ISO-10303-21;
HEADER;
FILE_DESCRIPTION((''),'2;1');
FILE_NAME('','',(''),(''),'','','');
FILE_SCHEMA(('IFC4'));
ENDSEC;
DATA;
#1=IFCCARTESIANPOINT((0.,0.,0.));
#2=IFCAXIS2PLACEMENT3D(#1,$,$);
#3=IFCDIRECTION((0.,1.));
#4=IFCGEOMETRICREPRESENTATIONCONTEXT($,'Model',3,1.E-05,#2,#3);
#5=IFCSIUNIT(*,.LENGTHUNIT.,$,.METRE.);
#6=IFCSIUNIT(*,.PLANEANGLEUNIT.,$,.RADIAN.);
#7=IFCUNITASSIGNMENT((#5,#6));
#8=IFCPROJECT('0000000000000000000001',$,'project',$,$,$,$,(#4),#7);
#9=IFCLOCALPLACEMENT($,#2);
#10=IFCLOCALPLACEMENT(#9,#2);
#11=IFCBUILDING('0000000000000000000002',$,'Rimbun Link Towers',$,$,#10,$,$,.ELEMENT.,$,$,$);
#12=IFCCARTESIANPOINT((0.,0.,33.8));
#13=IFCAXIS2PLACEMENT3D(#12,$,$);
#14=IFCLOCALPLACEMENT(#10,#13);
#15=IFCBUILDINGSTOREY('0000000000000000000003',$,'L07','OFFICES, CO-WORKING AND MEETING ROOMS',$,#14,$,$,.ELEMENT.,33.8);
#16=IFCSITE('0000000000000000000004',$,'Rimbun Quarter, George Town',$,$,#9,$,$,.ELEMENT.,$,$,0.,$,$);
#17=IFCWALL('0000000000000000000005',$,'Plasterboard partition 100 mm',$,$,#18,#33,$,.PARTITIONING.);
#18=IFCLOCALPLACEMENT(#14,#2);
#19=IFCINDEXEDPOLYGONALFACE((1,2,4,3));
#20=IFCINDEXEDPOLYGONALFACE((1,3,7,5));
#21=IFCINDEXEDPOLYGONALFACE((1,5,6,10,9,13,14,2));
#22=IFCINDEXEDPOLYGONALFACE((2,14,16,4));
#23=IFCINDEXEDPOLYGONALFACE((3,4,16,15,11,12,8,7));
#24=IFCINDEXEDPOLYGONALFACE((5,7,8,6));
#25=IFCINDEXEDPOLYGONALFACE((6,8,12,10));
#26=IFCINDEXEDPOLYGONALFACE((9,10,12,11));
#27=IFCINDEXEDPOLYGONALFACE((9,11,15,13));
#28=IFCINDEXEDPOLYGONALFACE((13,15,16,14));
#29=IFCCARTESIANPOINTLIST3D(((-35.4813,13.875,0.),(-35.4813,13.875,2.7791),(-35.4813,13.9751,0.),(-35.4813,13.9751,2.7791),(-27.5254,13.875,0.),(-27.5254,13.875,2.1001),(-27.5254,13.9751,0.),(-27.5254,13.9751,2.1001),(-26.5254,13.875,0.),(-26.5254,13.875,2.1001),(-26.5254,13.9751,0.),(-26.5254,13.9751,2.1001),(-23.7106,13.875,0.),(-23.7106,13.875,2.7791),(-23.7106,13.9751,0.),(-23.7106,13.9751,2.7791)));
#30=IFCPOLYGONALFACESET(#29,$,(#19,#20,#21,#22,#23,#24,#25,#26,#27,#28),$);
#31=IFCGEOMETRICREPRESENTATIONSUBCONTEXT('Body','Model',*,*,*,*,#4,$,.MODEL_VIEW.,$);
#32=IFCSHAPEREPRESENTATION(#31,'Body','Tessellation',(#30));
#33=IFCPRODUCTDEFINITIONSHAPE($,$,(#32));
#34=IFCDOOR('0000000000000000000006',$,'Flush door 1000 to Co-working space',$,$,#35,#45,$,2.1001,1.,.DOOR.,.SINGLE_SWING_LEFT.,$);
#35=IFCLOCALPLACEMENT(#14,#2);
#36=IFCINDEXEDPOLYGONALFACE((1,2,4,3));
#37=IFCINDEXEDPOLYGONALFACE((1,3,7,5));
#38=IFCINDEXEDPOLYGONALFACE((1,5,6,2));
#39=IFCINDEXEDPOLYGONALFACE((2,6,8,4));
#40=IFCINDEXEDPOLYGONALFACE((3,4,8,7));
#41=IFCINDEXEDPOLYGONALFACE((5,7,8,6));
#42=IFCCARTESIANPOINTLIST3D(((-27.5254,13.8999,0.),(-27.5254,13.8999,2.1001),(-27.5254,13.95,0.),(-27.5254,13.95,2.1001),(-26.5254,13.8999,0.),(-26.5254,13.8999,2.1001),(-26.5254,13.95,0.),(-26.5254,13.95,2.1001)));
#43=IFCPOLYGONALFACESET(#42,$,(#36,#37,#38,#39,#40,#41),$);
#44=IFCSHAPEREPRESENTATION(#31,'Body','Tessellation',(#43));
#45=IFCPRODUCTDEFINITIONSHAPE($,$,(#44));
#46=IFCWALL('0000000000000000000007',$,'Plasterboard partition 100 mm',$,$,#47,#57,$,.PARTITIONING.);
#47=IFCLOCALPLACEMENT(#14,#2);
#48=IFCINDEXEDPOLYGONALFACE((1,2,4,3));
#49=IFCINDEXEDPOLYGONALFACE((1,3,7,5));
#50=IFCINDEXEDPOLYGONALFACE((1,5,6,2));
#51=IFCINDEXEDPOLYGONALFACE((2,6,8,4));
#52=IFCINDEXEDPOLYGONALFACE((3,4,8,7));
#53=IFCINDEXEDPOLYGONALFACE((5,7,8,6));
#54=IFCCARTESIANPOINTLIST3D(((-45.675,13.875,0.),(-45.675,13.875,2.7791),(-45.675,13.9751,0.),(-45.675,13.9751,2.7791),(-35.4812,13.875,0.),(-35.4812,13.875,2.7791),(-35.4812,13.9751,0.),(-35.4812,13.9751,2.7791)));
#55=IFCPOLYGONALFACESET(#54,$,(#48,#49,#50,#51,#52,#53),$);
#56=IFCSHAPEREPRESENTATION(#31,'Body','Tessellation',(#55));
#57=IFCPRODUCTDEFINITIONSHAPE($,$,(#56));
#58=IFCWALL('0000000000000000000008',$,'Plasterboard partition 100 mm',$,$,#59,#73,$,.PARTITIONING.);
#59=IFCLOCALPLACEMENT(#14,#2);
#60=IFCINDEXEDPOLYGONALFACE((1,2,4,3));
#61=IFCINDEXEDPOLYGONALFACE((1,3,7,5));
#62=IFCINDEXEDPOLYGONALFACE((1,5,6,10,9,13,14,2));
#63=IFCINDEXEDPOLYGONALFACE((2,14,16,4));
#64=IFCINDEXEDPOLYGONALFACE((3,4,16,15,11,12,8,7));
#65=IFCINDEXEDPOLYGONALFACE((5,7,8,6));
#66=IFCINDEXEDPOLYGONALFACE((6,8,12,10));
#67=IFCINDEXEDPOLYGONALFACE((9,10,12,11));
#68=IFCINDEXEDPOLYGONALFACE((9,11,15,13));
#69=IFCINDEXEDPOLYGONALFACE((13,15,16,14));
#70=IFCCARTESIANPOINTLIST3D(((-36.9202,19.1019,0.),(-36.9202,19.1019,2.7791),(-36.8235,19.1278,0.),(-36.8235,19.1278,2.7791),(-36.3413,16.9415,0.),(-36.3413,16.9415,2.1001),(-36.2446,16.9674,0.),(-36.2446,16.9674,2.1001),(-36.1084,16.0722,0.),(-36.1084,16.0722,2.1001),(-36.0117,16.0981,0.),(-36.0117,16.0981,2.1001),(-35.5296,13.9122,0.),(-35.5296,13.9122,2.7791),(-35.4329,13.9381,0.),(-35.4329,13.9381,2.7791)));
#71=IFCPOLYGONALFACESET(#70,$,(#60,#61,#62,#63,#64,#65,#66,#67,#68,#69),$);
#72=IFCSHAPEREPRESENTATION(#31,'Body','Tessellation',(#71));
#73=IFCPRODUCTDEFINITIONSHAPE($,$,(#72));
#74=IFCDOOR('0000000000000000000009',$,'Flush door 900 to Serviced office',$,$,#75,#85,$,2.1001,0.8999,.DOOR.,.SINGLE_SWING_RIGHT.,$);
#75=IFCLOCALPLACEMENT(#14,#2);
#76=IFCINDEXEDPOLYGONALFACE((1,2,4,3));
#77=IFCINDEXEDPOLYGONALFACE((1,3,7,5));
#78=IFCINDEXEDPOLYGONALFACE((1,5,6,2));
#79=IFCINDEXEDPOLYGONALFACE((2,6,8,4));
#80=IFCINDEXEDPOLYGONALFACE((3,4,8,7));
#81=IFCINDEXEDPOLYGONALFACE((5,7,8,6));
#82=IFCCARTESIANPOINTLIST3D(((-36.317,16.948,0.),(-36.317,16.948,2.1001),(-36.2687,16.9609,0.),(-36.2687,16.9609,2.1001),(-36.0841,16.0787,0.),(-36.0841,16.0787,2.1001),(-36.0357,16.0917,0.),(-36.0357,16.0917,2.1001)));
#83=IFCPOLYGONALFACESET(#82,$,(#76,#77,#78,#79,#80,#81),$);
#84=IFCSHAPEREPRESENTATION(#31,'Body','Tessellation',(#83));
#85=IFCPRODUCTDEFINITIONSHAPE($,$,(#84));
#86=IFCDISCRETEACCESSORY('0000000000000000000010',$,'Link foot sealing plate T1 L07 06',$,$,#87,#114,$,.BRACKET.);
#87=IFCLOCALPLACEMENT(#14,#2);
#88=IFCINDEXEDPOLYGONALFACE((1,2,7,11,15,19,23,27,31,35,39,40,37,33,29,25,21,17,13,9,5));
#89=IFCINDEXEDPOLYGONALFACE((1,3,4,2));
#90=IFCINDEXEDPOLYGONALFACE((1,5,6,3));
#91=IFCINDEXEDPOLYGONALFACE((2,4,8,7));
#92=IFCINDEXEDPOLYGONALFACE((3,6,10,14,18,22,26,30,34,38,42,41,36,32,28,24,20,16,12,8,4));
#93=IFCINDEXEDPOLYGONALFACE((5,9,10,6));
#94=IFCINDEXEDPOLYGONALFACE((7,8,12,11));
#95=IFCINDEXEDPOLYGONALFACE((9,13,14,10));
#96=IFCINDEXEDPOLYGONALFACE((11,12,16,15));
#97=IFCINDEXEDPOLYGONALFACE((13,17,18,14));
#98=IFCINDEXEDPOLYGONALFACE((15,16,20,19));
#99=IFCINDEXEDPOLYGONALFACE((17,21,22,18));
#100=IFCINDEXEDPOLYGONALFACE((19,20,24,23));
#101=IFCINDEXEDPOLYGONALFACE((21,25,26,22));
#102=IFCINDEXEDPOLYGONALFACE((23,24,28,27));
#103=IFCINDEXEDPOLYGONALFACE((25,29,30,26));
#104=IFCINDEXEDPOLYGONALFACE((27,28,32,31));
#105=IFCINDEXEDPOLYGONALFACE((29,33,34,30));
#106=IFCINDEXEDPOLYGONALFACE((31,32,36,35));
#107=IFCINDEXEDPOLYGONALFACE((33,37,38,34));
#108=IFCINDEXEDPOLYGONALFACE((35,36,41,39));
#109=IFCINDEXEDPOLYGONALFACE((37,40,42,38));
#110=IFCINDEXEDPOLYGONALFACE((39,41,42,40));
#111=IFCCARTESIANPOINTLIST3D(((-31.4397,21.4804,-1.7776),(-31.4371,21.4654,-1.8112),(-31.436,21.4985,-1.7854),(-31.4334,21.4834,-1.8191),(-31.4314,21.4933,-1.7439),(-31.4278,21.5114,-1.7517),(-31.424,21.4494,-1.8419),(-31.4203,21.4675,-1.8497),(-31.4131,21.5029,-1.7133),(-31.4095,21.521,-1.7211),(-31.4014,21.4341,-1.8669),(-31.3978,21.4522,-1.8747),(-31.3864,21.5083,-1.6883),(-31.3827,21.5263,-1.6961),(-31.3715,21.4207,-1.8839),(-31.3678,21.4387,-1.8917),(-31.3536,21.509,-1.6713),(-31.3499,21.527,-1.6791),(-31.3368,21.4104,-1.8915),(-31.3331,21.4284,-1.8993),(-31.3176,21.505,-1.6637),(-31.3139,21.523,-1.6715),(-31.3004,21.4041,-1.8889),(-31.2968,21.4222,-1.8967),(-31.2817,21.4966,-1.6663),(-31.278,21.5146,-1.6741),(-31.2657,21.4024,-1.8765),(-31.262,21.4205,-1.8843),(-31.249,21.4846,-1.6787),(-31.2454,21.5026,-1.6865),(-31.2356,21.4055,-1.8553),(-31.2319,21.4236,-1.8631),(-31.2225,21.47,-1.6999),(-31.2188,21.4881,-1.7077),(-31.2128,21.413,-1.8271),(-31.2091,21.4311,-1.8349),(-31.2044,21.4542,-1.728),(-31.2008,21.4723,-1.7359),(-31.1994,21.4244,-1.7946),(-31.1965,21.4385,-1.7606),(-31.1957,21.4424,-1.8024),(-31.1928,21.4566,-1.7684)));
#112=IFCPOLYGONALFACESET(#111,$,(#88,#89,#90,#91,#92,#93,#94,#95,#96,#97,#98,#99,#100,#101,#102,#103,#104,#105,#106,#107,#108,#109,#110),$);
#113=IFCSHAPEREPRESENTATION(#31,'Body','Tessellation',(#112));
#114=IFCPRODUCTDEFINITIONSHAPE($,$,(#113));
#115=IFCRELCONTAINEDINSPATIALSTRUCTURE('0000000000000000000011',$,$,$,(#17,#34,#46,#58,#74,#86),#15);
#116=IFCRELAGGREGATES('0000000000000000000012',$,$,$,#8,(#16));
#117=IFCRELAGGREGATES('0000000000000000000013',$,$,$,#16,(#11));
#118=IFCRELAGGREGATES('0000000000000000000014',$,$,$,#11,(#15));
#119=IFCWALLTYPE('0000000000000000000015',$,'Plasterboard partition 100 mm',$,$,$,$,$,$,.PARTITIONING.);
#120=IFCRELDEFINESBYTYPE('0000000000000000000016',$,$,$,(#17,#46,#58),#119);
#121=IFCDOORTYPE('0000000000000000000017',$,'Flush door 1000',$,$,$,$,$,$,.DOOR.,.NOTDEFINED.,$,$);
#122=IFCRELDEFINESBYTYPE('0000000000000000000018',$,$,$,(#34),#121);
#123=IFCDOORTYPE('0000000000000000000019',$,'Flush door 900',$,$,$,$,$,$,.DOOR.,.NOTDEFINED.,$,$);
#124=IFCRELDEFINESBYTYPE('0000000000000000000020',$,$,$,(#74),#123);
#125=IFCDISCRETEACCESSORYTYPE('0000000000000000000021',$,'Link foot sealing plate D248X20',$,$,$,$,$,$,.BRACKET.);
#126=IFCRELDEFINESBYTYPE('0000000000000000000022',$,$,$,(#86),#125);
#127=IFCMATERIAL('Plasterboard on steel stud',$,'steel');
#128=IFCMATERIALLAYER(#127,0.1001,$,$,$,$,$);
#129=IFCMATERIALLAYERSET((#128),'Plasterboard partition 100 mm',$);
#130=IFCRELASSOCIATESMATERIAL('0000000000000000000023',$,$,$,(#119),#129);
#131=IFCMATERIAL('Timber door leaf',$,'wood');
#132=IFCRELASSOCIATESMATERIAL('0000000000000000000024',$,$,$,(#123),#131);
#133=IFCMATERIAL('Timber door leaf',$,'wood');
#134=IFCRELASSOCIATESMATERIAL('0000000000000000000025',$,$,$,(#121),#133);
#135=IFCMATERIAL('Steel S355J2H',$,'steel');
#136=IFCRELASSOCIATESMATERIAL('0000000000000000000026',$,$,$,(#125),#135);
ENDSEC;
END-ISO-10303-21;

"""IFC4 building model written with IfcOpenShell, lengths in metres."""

from ifc_helpers import new_model, si_unit, direction, frame, frame_2d, origin, origin_2d, place, context, subcontext, project, spatial, rectangle, circle, extrude, material, layer, layer_set, material_profile, profile_set, type_object, element, fill, save


model = new_model("IFC4")

# Units and contexts
model_context = context("Model", 3, precision=1e-05, world=origin(), true_north=direction((0.0, 1.0)))
body_context = subcontext(model_context, "Body", "Model", "MODEL_VIEW")
ifc_project = project(units=[si_unit("LENGTHUNIT", "METRE"), si_unit("PLANEANGLEUNIT", "RADIAN")], contexts=[model_context])

# Site, building, storey
site_placement = place(None, origin())
site = spatial("IfcSite", under=ifc_project, at=site_placement, Name="Rimbun Quarter, George Town", CompositionType="ELEMENT", RefElevation=0.0)
building_placement = place(site_placement, origin())
building = spatial("IfcBuilding", under=site, at=building_placement, Name="Rimbun Link Towers", CompositionType="ELEMENT")
storey_placement = place(building_placement, frame((0.0, 0.0, 33.8)))
storey = spatial("IfcBuildingStorey", under=building, at=storey_placement, Name="L07", Description="OFFICES, CO-WORKING AND MEETING ROOMS", CompositionType="ELEMENT", Elevation=33.8)

# Wall, opening, door
ifc_material_1 = material(Name="Plasterboard on steel stud", Category="steel")
ifc_layer_1 = layer(ifc_material_1, 0.1001)
ifc_layer_set_1 = layer_set([ifc_layer_1], Name="Plasterboard partition 100 mm")
wall_type = type_object("IfcWallType", Name="Plasterboard partition 100 mm", PredefinedType="PARTITIONING", material=ifc_layer_set_1)
ifc_material_2 = material(Name="Timber door leaf", Category="wood")
door_type_1 = type_object("IfcDoorType", Name="Flush door 900", OperationType="NOTDEFINED", PredefinedType="DOOR", material=ifc_material_2)
wall_1_placement = place(storey_placement, frame((-35.4812, 13.925, 0.0), z_axis=(0.0, 0.0, 1.0), x_axis=(1.0, 0.0, 0.0)))
wall_1 = element("IfcWall", 1, at=wall_1_placement, inside=storey, type_object=wall_type, Name="Plasterboard partition 100 mm", PredefinedType="PARTITIONING", context=body_context, shape_type="SweptSolid", body=[
    extrude(rectangle(XDim=11.7708, YDim=0.1001, at=frame_2d((5.8853, 0.0))), origin(), (0.0, 0.0, 1.0), 2.7791),
])
opening_1_placement = place(wall_1_placement, frame((7.9558, 0.0, 0.0)))
opening_1 = element("IfcOpeningElement", 2, at=opening_1_placement, cuts=wall_1, PredefinedType="OPENING", context=body_context, shape_type="SweptSolid", body=[
    extrude(rectangle(XDim=1.0, YDim=2.1001, at=frame_2d((0.5, 1.05))), frame((0.0, 0.0601, 0.0), z_axis=(0.0, -1.0, 0.0), x_axis=(1.0, 0.0, 0.0)), (0.0, 0.0, 1.0), 0.1201),
])
ifc_material_3 = material(Name="Timber door leaf", Category="wood")
door_type_2 = type_object("IfcDoorType", Name="Flush door 1000", OperationType="NOTDEFINED", PredefinedType="DOOR", material=ifc_material_3)
door_1_placement = place(opening_1_placement, origin())
door_1 = element("IfcDoor", 3, at=door_1_placement, inside=storey, type_object=door_type_2, Name="Flush door 1000 to Co-working space", OperationType="SINGLE_SWING_LEFT", OverallHeight=2.1001, OverallWidth=1.0, PredefinedType="DOOR", context=body_context, shape_type="SweptSolid", body=[
    extrude(rectangle(XDim=1.0, YDim=2.1001, at=frame_2d((0.5, 1.05))), frame((0.0, 0.0249, 0.0), z_axis=(0.0, -1.0, 0.0), x_axis=(1.0, 0.0, 0.0)), (0.0, 0.0, 1.0), 0.05),
])
fill(opening_1, door_1)

# Wall
wall_2_placement = place(storey_placement, frame((-35.4812, 13.925, 0.0), z_axis=(0.0, 0.0, 1.0), x_axis=(-1.0, 0.0, 0.0)))
element("IfcWall", 4, at=wall_2_placement, inside=storey, type_object=wall_type, Name="Plasterboard partition 100 mm", PredefinedType="PARTITIONING", context=body_context, shape_type="SweptSolid", body=[
    extrude(rectangle(XDim=10.1938, YDim=0.1001, at=frame_2d((5.0969, 0.0))), origin(), (0.0, 0.0, 1.0), 2.7791),
])

# Wall, opening, door
wall_3_placement = place(storey_placement, frame((-35.4812, 13.925, 0.0), z_axis=(0.0, 0.0, 1.0), x_axis=(-0.258828, 0.965924, 0.0)))
wall_3 = element("IfcWall", 5, at=wall_3_placement, inside=storey, type_object=wall_type, Name="Plasterboard partition 100 mm", PredefinedType="PARTITIONING", context=body_context, shape_type="SweptSolid", body=[
    extrude(rectangle(XDim=5.3728, YDim=0.1001, at=frame_2d((2.6865, 0.0))), origin(), (0.0, 0.0, 1.0), 2.7791),
])
opening_2_placement = place(wall_3_placement, frame((2.2363, 0.0, 0.0)))
opening_2 = element("IfcOpeningElement", 6, at=opening_2_placement, cuts=wall_3, PredefinedType="OPENING", context=body_context, shape_type="SweptSolid", body=[
    extrude(rectangle(XDim=0.8999, YDim=2.1001, at=frame_2d((0.45, 1.05))), frame((0.0, 0.0601, 0.0), z_axis=(0.0, -1.0, 0.0), x_axis=(1.0, 0.0, 0.0)), (0.0, 0.0, 1.0), 0.1201),
])
door_2_placement = place(opening_2_placement, origin())
door_2 = element("IfcDoor", 7, at=door_2_placement, inside=storey, type_object=door_type_1, Name="Flush door 900 to Serviced office", OperationType="SINGLE_SWING_RIGHT", OverallHeight=2.1001, OverallWidth=0.8999, PredefinedType="DOOR", context=body_context, shape_type="SweptSolid", body=[
    extrude(rectangle(XDim=0.8999, YDim=2.1001, at=frame_2d((0.45, 1.05))), frame((0.0, 0.0249, 0.0), z_axis=(0.0, -1.0, 0.0), x_axis=(1.0, 0.0, 0.0)), (0.0, 0.0, 1.0), 0.05),
])
fill(opening_2, door_2)

# Discrete accessory
ifc_material_4 = material(Name="Steel S355J2H", Category="steel")
ifc_material_profile_1 = material_profile(ifc_material_4, circle(Radius=0.124, at=origin_2d()), Name="PL D248")
ifc_profile_set_1 = profile_set([ifc_material_profile_1], Name="Steel S355J2H")
discrete_accessory_type = type_object("IfcDiscreteAccessoryType", Name="Link foot sealing plate D248X20", PredefinedType="BRACKET", material=ifc_profile_set_1)
discrete_accessory_placement = place(storey_placement, frame((-31.3181, 21.4558, -1.7776), z_axis=(0.182913, 0.902372, -0.390215), x_axis=(-0.980068, 0.198662, 0.0)))
element("IfcDiscreteAccessory", 8, at=discrete_accessory_placement, inside=storey, type_object=discrete_accessory_type, Name="Link foot sealing plate T1 L07 06", PredefinedType="BRACKET", context=body_context, shape_type="SweptSolid", body=[
    extrude(circle(Radius=0.124, at=origin_2d()), origin(), (0.0, 0.0, 1.0), 0.02),
])

save(model, "model.ifc")
